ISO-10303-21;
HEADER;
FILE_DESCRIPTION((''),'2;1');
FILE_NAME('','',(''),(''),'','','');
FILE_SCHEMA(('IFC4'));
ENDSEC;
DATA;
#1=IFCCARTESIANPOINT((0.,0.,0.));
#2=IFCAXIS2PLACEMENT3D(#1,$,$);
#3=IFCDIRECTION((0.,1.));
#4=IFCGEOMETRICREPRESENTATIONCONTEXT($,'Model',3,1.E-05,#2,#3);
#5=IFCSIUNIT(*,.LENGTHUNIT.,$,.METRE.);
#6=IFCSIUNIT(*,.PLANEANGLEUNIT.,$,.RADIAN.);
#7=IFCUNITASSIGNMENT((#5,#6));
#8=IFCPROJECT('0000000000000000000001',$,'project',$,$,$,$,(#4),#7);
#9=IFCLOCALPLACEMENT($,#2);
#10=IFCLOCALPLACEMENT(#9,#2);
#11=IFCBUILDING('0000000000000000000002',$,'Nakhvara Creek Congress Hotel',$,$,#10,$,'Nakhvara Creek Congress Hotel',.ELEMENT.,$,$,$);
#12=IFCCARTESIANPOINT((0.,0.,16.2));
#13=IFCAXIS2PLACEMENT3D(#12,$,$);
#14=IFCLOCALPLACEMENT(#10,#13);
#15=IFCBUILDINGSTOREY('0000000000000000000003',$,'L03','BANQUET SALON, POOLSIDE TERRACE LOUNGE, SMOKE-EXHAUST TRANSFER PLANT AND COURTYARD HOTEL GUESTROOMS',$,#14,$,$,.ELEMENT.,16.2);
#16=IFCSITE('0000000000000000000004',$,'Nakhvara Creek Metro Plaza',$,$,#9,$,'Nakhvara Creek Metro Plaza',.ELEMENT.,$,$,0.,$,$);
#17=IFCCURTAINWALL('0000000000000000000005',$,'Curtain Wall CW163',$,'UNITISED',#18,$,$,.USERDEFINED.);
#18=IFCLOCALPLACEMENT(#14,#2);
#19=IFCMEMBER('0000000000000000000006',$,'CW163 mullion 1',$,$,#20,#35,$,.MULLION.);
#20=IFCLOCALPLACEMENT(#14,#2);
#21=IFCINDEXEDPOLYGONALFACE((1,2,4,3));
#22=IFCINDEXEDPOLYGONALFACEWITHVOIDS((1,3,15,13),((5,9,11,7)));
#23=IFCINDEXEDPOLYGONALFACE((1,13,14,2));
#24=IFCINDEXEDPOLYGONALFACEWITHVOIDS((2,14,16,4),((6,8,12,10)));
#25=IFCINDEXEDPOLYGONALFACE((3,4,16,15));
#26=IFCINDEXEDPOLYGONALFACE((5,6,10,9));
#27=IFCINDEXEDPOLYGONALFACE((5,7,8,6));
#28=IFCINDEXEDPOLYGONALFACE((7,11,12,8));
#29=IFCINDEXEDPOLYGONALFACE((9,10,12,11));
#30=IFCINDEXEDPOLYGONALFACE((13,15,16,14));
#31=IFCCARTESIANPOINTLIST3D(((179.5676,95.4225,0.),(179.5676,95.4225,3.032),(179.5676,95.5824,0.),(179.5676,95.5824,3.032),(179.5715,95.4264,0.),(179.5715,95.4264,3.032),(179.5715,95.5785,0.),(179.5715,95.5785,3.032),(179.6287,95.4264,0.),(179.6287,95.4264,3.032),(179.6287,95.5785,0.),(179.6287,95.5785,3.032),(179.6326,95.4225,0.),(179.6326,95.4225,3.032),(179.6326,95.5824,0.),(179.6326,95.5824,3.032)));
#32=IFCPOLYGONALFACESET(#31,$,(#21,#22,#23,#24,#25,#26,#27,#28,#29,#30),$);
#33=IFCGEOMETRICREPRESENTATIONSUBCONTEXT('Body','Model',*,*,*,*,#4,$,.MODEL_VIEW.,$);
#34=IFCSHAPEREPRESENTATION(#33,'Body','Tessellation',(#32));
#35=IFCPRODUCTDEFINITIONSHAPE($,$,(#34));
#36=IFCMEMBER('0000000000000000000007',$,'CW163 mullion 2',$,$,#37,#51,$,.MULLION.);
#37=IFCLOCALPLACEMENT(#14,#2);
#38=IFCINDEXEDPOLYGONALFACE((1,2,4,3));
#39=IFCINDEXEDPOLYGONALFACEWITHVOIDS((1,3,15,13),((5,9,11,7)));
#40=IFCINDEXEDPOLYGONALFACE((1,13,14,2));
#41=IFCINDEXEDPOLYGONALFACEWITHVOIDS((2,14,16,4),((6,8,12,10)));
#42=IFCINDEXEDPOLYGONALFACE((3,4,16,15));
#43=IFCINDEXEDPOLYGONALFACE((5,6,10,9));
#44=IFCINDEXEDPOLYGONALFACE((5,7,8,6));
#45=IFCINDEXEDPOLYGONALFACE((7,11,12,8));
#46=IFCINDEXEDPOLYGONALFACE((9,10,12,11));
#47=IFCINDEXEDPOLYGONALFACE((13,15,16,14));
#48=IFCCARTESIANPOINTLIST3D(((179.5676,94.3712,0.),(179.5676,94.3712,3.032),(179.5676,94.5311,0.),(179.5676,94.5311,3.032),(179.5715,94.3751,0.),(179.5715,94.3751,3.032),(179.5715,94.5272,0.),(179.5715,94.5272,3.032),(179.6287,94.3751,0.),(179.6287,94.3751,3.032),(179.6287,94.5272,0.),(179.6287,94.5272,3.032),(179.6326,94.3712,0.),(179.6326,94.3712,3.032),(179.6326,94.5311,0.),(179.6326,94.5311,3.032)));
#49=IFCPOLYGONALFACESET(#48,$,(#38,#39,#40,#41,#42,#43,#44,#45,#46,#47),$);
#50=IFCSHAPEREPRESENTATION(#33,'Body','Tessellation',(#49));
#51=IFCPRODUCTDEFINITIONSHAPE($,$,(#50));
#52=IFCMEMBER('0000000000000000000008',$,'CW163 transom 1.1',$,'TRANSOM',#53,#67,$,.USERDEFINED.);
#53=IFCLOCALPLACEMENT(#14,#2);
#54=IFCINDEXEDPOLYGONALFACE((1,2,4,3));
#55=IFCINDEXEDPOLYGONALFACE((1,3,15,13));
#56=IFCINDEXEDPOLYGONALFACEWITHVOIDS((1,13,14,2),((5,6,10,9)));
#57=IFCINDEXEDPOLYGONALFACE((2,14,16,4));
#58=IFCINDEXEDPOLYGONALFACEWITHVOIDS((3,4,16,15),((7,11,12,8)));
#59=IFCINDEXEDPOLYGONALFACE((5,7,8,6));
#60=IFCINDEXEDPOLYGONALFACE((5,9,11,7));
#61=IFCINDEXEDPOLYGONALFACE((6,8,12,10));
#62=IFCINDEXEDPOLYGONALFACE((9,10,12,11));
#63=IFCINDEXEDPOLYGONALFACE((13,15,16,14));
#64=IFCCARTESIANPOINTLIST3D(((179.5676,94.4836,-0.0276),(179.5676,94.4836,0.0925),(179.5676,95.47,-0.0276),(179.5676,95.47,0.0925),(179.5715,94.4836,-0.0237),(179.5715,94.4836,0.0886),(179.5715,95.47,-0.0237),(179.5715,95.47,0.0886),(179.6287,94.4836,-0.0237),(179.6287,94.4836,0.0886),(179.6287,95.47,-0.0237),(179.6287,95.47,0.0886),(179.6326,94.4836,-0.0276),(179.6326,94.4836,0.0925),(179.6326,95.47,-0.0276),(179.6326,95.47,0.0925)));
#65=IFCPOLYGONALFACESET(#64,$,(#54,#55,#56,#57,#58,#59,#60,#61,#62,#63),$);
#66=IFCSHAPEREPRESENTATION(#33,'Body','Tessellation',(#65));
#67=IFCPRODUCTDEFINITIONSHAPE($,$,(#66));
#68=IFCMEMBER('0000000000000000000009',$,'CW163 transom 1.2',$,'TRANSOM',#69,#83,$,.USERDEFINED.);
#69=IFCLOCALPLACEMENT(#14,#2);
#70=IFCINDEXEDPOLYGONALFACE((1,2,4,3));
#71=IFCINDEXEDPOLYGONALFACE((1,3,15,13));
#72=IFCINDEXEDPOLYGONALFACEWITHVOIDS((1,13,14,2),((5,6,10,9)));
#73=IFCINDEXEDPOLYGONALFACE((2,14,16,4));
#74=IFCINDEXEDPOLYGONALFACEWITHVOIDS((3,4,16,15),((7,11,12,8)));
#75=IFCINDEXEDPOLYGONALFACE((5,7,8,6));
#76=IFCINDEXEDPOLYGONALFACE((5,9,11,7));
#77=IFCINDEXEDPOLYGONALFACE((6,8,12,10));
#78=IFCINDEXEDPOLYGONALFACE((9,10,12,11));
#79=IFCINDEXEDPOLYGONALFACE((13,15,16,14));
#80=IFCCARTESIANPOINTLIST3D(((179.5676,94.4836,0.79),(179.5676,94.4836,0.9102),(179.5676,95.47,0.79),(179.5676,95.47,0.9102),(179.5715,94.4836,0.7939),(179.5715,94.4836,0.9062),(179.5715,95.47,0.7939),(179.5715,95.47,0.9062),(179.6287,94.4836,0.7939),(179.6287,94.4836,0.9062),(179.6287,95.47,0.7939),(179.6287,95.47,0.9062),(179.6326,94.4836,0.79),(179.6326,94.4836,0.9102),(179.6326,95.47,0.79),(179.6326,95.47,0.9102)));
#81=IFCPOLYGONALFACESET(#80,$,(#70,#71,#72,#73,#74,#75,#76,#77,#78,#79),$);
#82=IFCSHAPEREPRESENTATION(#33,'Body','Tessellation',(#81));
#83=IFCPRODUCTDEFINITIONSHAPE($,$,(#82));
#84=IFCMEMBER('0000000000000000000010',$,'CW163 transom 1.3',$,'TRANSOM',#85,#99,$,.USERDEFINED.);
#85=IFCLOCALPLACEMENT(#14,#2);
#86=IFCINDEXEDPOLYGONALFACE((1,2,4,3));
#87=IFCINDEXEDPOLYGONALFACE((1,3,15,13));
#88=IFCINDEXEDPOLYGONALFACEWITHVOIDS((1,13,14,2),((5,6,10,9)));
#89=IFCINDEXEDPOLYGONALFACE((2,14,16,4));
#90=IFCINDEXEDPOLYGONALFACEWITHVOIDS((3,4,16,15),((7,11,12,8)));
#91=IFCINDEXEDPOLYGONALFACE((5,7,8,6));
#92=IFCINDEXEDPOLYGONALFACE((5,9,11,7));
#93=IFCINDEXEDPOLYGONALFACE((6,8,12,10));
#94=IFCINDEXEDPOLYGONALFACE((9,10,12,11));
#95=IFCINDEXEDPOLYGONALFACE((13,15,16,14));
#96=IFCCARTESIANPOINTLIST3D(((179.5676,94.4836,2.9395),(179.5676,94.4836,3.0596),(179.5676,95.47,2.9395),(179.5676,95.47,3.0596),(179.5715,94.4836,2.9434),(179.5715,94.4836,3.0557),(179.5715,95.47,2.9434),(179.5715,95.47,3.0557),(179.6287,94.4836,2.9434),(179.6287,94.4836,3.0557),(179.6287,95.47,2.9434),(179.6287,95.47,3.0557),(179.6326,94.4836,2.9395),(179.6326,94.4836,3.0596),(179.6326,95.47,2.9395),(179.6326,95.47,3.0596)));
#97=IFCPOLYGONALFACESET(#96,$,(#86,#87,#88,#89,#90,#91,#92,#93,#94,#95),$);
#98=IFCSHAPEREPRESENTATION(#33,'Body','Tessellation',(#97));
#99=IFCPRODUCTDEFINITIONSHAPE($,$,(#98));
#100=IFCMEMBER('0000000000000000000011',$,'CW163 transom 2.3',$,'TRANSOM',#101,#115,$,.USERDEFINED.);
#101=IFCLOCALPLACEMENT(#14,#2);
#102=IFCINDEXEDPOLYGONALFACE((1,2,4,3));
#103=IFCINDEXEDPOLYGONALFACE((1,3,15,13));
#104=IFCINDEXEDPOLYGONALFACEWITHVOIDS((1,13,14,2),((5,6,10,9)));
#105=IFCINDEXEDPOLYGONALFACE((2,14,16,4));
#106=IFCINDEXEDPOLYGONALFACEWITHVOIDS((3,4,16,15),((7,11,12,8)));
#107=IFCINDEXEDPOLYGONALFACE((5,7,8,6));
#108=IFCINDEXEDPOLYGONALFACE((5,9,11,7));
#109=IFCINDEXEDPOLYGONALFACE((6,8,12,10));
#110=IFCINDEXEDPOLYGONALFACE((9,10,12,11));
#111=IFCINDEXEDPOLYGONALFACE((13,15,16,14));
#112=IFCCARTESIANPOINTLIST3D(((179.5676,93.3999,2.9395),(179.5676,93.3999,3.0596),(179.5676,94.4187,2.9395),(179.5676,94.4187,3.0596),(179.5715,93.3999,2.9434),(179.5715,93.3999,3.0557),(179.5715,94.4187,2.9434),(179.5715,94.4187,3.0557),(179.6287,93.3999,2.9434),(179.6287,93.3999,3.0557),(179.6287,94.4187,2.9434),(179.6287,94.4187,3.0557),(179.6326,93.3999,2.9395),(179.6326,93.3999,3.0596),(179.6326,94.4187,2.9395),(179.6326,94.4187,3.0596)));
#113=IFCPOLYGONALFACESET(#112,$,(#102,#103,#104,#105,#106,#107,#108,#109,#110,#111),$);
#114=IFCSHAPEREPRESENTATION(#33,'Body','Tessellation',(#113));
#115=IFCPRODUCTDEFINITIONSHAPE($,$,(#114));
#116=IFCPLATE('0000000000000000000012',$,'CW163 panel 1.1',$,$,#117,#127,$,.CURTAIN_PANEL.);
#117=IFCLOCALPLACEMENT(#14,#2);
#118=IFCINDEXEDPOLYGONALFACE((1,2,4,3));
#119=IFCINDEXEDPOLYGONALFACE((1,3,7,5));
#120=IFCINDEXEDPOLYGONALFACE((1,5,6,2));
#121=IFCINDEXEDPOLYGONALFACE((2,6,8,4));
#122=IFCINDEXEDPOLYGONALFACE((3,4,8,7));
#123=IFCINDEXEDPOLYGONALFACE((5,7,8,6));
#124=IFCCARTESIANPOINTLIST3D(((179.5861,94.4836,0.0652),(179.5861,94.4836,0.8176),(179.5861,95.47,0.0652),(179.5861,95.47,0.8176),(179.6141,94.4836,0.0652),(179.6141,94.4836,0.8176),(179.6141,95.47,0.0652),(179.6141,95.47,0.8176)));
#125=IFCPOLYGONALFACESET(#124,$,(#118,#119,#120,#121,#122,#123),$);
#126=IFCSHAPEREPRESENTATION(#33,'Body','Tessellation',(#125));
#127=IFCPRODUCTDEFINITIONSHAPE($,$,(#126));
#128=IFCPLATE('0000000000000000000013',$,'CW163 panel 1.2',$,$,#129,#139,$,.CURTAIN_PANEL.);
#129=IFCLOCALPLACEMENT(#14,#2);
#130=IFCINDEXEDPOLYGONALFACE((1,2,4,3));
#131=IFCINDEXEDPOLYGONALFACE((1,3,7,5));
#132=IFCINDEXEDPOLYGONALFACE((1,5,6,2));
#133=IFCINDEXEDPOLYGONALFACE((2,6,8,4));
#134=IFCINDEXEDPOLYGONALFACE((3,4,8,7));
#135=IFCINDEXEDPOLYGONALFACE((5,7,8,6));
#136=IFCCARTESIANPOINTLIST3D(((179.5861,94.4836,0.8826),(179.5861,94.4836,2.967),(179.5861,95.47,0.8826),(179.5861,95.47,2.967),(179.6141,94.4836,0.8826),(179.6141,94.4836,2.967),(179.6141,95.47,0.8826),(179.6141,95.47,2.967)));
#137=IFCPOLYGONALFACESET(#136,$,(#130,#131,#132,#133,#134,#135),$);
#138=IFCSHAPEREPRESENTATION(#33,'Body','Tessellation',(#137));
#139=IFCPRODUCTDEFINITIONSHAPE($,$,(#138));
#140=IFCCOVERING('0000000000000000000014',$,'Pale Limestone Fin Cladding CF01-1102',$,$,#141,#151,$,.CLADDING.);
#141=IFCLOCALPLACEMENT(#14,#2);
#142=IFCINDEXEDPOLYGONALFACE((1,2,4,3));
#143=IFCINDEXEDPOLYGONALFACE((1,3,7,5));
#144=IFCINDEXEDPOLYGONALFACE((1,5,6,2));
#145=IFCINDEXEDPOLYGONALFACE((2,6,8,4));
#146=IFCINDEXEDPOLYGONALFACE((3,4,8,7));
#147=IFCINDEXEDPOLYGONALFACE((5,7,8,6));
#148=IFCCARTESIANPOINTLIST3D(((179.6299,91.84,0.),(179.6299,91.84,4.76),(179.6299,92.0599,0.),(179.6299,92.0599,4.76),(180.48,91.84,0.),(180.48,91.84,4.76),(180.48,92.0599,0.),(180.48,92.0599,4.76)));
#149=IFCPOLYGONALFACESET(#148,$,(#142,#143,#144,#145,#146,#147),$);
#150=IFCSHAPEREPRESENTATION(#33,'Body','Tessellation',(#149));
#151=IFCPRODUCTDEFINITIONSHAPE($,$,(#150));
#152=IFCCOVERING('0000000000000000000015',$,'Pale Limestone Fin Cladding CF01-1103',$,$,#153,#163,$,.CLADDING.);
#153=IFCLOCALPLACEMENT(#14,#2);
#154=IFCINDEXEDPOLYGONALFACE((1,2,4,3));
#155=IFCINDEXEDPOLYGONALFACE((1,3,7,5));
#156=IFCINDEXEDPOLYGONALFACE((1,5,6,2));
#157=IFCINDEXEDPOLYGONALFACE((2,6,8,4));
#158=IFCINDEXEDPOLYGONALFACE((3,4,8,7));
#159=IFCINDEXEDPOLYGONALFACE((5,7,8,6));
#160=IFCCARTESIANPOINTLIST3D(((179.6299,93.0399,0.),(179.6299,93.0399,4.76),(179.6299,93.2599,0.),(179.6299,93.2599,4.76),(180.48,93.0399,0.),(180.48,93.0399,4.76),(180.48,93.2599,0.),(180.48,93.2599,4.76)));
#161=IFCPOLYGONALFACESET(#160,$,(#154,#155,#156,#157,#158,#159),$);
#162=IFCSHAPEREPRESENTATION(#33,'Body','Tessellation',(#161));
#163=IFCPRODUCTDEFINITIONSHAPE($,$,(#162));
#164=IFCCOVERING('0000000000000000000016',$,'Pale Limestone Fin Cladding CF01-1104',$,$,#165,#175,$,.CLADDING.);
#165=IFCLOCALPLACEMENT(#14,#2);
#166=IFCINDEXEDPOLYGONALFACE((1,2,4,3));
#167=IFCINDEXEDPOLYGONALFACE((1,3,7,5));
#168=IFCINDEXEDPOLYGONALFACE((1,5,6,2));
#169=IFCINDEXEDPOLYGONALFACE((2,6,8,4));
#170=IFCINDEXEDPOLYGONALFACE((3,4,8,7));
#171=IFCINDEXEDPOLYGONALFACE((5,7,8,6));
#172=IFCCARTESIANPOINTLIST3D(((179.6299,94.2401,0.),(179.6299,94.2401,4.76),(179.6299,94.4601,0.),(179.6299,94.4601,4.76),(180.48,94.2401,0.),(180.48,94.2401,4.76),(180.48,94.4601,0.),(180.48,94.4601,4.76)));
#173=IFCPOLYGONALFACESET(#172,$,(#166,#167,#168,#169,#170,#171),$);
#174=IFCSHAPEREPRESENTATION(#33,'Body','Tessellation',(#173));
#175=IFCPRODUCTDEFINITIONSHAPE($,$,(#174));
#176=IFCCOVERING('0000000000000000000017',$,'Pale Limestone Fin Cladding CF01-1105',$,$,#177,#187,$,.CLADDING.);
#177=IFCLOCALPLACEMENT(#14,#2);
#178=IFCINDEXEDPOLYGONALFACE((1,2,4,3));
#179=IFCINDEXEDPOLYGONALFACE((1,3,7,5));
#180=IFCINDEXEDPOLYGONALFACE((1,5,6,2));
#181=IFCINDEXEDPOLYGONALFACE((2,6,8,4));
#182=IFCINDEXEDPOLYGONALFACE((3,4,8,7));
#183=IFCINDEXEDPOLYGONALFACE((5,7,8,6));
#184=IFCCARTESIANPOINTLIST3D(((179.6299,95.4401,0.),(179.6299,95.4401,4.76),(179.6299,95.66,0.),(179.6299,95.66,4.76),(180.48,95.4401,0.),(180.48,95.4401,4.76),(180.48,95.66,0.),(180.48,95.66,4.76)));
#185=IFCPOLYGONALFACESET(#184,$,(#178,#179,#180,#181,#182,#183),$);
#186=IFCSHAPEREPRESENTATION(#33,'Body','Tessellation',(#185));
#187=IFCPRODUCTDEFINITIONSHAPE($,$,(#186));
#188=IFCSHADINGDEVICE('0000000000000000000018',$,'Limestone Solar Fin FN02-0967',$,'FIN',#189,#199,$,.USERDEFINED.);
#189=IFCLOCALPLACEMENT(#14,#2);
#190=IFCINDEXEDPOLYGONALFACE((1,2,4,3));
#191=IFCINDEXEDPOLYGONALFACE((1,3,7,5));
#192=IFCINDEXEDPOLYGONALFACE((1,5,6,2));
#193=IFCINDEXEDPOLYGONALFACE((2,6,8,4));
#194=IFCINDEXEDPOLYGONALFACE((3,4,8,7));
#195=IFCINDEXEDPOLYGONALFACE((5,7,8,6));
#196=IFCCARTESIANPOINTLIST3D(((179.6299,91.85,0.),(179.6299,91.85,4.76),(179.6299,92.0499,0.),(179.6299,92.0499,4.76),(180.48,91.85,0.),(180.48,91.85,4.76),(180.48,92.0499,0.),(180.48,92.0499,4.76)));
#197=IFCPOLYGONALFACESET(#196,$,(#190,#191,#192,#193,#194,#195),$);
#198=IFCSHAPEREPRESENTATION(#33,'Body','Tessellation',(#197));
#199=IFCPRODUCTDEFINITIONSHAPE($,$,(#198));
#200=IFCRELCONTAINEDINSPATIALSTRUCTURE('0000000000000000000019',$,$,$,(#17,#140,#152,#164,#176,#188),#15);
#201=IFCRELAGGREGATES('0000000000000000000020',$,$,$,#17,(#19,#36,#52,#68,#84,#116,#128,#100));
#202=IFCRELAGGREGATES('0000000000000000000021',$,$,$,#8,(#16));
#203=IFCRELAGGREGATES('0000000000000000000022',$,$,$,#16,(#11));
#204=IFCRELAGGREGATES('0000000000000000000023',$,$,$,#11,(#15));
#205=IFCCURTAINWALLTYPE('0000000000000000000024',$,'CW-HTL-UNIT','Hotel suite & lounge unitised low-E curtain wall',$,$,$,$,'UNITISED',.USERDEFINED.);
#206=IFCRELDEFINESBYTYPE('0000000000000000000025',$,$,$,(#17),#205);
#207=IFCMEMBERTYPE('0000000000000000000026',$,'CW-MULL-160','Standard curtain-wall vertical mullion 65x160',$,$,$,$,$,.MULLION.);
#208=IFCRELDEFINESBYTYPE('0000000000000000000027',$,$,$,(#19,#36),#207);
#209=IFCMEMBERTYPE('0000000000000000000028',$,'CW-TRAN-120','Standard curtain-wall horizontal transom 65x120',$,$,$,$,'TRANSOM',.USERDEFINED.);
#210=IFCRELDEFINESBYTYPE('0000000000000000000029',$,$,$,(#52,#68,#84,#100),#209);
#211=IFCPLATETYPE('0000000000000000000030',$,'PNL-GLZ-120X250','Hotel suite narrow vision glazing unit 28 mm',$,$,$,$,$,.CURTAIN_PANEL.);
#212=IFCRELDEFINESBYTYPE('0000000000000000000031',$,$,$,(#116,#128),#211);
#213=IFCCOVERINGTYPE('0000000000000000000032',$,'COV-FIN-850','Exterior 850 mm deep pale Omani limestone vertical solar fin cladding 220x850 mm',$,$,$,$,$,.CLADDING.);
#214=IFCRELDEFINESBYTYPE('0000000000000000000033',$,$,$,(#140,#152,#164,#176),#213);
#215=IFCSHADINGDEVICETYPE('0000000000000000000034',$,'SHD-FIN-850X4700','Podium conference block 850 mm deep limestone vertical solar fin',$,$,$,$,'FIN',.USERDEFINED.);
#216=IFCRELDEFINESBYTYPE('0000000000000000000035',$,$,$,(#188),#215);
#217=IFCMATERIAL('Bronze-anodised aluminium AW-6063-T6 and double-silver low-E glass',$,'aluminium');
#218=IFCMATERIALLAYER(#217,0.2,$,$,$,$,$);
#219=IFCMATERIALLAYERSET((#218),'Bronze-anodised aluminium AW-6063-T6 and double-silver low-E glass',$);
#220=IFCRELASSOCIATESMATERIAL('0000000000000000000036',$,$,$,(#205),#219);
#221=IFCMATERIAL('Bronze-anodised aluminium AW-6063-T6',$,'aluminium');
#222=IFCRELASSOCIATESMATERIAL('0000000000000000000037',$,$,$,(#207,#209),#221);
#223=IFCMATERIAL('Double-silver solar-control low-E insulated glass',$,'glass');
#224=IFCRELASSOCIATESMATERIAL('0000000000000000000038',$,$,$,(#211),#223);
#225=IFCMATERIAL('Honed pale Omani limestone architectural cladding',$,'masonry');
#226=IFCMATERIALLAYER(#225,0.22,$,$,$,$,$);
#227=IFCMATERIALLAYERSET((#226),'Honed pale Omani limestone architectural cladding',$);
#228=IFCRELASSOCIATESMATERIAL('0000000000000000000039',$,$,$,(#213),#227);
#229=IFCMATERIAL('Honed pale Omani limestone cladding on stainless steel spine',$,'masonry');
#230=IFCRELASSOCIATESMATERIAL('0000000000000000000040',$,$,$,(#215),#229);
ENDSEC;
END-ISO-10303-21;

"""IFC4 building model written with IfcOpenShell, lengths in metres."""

from ifc_helpers import new_model, si_unit, direction, frame, origin, origin_2d, place, context, subcontext, project, spatial, rectangle, hollow_rectangle, extrude, material, layer, layer_set, material_profile, profile_set, type_object, element, aggregate, save


model = new_model("IFC4")

# Units and contexts
model_context = context("Model", 3, precision=1e-05, world=origin(), true_north=direction((0.0, 1.0)))
body_context = subcontext(model_context, "Body", "Model", "MODEL_VIEW")
ifc_project = project(units=[si_unit("LENGTHUNIT", "METRE"), si_unit("PLANEANGLEUNIT", "RADIAN")], contexts=[model_context])

# Site, building, storey
site_placement = place(None, origin())
site = spatial("IfcSite", under=ifc_project, at=site_placement, Name="Nakhvara Creek Metro Plaza", LongName="Nakhvara Creek Metro Plaza", CompositionType="ELEMENT", RefElevation=0.0)
building_placement = place(site_placement, origin())
building = spatial("IfcBuilding", under=site, at=building_placement, Name="Nakhvara Creek Congress Hotel", LongName="Nakhvara Creek Congress Hotel", CompositionType="ELEMENT")
storey_placement = place(building_placement, frame((0.0, 0.0, 16.2)))
storey = spatial("IfcBuildingStorey", under=building, at=storey_placement, Name="L03", Description="BANQUET SALON, POOLSIDE TERRACE LOUNGE, SMOKE-EXHAUST TRANSFER PLANT AND COURTYARD HOTEL GUESTROOMS", CompositionType="ELEMENT", Elevation=16.2)

# Curtain wall, members, plates
ifc_material_1 = material(Name="Bronze-anodised aluminium AW-6063-T6 and double-silver low-E glass", Category="aluminium")
ifc_layer_1 = layer(ifc_material_1, 0.2)
ifc_layer_set_1 = layer_set([ifc_layer_1], Name="Bronze-anodised aluminium AW-6063-T6 and double-silver low-E glass")
curtain_wall_type = type_object("IfcCurtainWallType", Name="CW-HTL-UNIT", Description="Hotel suite & lounge unitised low-E curtain wall", ElementType="UNITISED", PredefinedType="USERDEFINED", material=ifc_layer_set_1)
curtain_wall_placement = place(storey_placement, origin())
curtain_wall = element("IfcCurtainWall", 1, at=curtain_wall_placement, inside=storey, type_object=curtain_wall_type, Name="Curtain Wall CW163", ObjectType="UNITISED", PredefinedType="USERDEFINED")
ifc_material_2 = material(Name="Bronze-anodised aluminium AW-6063-T6", Category="aluminium")
ifc_material_profile_1 = material_profile(ifc_material_2, hollow_rectangle(XDim=0.0649, YDim=0.1599, WallThickness=0.0039, at=origin_2d()), Name="ALU-MULL 65x160x4", Category="LoadBearing")
ifc_profile_set_1 = profile_set([ifc_material_profile_1], Name="Bronze-anodised aluminium AW-6063-T6")
member_type_1 = type_object("IfcMemberType", Name="CW-MULL-160", Description="Standard curtain-wall vertical mullion 65x160", PredefinedType="MULLION", material=ifc_profile_set_1)
member_1_placement = place(storey_placement, frame((179.6001, 95.5024, 0.0), z_axis=(0.0, 0.0, 1.0), x_axis=(1.0, 0.0, 0.0)))
member_1 = element("IfcMember", 2, at=member_1_placement, type_object=member_type_1, Name="CW163 mullion 1", PredefinedType="MULLION", context=body_context, shape_type="SweptSolid", body=[
    extrude(hollow_rectangle(XDim=0.0649, YDim=0.1599, WallThickness=0.0039, at=origin_2d()), origin(), (0.0, 0.0, 1.0), 3.032),
])
member_2_placement = place(storey_placement, frame((179.6001, 94.4512, 0.0), z_axis=(0.0, 0.0, 1.0), x_axis=(1.0, 0.0, 0.0)))
member_2 = element("IfcMember", 3, at=member_2_placement, type_object=member_type_1, Name="CW163 mullion 2", PredefinedType="MULLION", context=body_context, shape_type="SweptSolid", body=[
    extrude(hollow_rectangle(XDim=0.0649, YDim=0.1599, WallThickness=0.0039, at=origin_2d()), origin(), (0.0, 0.0, 1.0), 3.032),
])
ifc_material_profile_2 = material_profile(ifc_material_2, hollow_rectangle(XDim=0.0649, YDim=0.1201, WallThickness=0.0039, at=origin_2d()), Name="ALU-TRAN 65x120x4", Category="LoadBearing")
ifc_profile_set_2 = profile_set([ifc_material_profile_2], Name="Bronze-anodised aluminium AW-6063-T6")
member_type_2 = type_object("IfcMemberType", Name="CW-TRAN-120", Description="Standard curtain-wall horizontal transom 65x120", ElementType="TRANSOM", PredefinedType="USERDEFINED", material=ifc_profile_set_2)
member_3_placement = place(storey_placement, frame((179.6001, 95.47, 0.0325), z_axis=(0.0, -1.0, 0.0), x_axis=(1.0, 0.0, 0.0)))
member_3 = element("IfcMember", 4, at=member_3_placement, type_object=member_type_2, Name="CW163 transom 1.1", ObjectType="TRANSOM", PredefinedType="USERDEFINED", context=body_context, shape_type="SweptSolid", body=[
    extrude(hollow_rectangle(XDim=0.0649, YDim=0.1201, WallThickness=0.0039, at=origin_2d()), origin(), (0.0, 0.0, 1.0), 0.9863),
])
member_4_placement = place(storey_placement, frame((179.6001, 95.47, 0.8501), z_axis=(0.0, -1.0, 0.0), x_axis=(1.0, 0.0, 0.0)))
member_4 = element("IfcMember", 5, at=member_4_placement, type_object=member_type_2, Name="CW163 transom 1.2", ObjectType="TRANSOM", PredefinedType="USERDEFINED", context=body_context, shape_type="SweptSolid", body=[
    extrude(hollow_rectangle(XDim=0.0649, YDim=0.1201, WallThickness=0.0039, at=origin_2d()), origin(), (0.0, 0.0, 1.0), 0.9863),
])
member_5_placement = place(storey_placement, frame((179.6001, 95.47, 2.9995), z_axis=(0.0, -1.0, 0.0), x_axis=(1.0, 0.0, 0.0)))
member_5 = element("IfcMember", 6, at=member_5_placement, type_object=member_type_2, Name="CW163 transom 1.3", ObjectType="TRANSOM", PredefinedType="USERDEFINED", context=body_context, shape_type="SweptSolid", body=[
    extrude(hollow_rectangle(XDim=0.0649, YDim=0.1201, WallThickness=0.0039, at=origin_2d()), origin(), (0.0, 0.0, 1.0), 0.9863),
])
member_6_placement = place(storey_placement, frame((179.6001, 94.4187, 2.9995), z_axis=(0.0, -1.0, 0.0), x_axis=(1.0, 0.0, 0.0)))
member_6 = element("IfcMember", 7, at=member_6_placement, type_object=member_type_2, Name="CW163 transom 2.3", ObjectType="TRANSOM", PredefinedType="USERDEFINED", context=body_context, shape_type="SweptSolid", body=[
    extrude(hollow_rectangle(XDim=0.0649, YDim=0.1201, WallThickness=0.0039, at=origin_2d()), origin(), (0.0, 0.0, 1.0), 1.0188),
])
ifc_material_3 = material(Name="Double-silver solar-control low-E insulated glass", Category="glass")
plate_type = type_object("IfcPlateType", Name="PNL-GLZ-120X250", Description="Hotel suite narrow vision glazing unit 28 mm", PredefinedType="CURTAIN_PANEL", material=ifc_material_3)
plate_1_placement = place(storey_placement, frame((179.6001, 94.9768, 0.0652), z_axis=(0.0, 0.0, 1.0), x_axis=(0.0, -1.0, 0.0)))
plate_1 = element("IfcPlate", 8, at=plate_1_placement, type_object=plate_type, Name="CW163 panel 1.1", PredefinedType="CURTAIN_PANEL", context=body_context, shape_type="SweptSolid", body=[
    extrude(rectangle(XDim=0.9863, YDim=0.0281, at=origin_2d()), origin(), (0.0, 0.0, 1.0), 0.7524),
])
plate_2_placement = place(storey_placement, frame((179.6001, 94.9768, 0.8826), z_axis=(0.0, 0.0, 1.0), x_axis=(0.0, -1.0, 0.0)))
plate_2 = element("IfcPlate", 9, at=plate_2_placement, type_object=plate_type, Name="CW163 panel 1.2", PredefinedType="CURTAIN_PANEL", context=body_context, shape_type="SweptSolid", body=[
    extrude(rectangle(XDim=0.9863, YDim=0.0281, at=origin_2d()), origin(), (0.0, 0.0, 1.0), 2.0845),
])
aggregate(curtain_wall, [member_1, member_2, member_3, member_4, member_5, plate_1, plate_2, member_6])

# Coverings
ifc_material_4 = material(Name="Honed pale Omani limestone architectural cladding", Category="masonry")
ifc_layer_2 = layer(ifc_material_4, 0.22)
ifc_layer_set_2 = layer_set([ifc_layer_2], Name="Honed pale Omani limestone architectural cladding")
covering_type = type_object("IfcCoveringType", Name="COV-FIN-850", Description="Exterior 850 mm deep pale Omani limestone vertical solar fin cladding 220x850 mm", PredefinedType="CLADDING", material=ifc_layer_set_2)
for number, where, z_axis, x_axis, name in (
    (10, (180.0549, 91.95, 0.0), (0.0, 0.0, 1.0), (0.0, 1.0, 0.0), "Pale Limestone Fin Cladding CF01-1102"),
    (11, (180.0549, 93.1499, 0.0), (0.0, 0.0, 1.0), (0.0, 1.0, 0.0), "Pale Limestone Fin Cladding CF01-1103"),
    (12, (180.0549, 94.3501, 0.0), (0.0, 0.0, 1.0), (0.0, 1.0, 0.0), "Pale Limestone Fin Cladding CF01-1104"),
    (13, (180.0549, 95.55, 0.0), (0.0, 0.0, 1.0), (0.0, 1.0, 0.0), "Pale Limestone Fin Cladding CF01-1105"),
):
    element("IfcCovering", number, at=place(storey_placement, frame(where, z_axis=z_axis, x_axis=x_axis)), inside=storey, type_object=covering_type, Name=name, PredefinedType="CLADDING", context=body_context, shape_type="SweptSolid", body=[
        extrude(rectangle(XDim=0.22, YDim=0.8501, at=origin_2d()), origin(), (0.0, 0.0, 1.0), 4.76),
    ])

# Shading device
ifc_material_5 = material(Name="Honed pale Omani limestone cladding on stainless steel spine", Category="masonry")
shading_device_type = type_object("IfcShadingDeviceType", Name="SHD-FIN-850X4700", Description="Podium conference block 850 mm deep limestone vertical solar fin", ElementType="FIN", PredefinedType="USERDEFINED", material=ifc_material_5)
for number, where, z_axis, x_axis, name in (
    (14, (180.0549, 91.95, 0.0), (0.0, 0.0, 1.0), (0.0, 1.0, 0.0), "Limestone Solar Fin FN02-0967"),
):
    element("IfcShadingDevice", number, at=place(storey_placement, frame(where, z_axis=z_axis, x_axis=x_axis)), inside=storey, type_object=shading_device_type, Name=name, ObjectType="FIN", PredefinedType="USERDEFINED", context=body_context, shape_type="SweptSolid", body=[
        extrude(rectangle(XDim=0.2, YDim=0.8501, at=origin_2d()), origin(), (0.0, 0.0, 1.0), 4.76),
    ])

save(model, "model.ifc")
